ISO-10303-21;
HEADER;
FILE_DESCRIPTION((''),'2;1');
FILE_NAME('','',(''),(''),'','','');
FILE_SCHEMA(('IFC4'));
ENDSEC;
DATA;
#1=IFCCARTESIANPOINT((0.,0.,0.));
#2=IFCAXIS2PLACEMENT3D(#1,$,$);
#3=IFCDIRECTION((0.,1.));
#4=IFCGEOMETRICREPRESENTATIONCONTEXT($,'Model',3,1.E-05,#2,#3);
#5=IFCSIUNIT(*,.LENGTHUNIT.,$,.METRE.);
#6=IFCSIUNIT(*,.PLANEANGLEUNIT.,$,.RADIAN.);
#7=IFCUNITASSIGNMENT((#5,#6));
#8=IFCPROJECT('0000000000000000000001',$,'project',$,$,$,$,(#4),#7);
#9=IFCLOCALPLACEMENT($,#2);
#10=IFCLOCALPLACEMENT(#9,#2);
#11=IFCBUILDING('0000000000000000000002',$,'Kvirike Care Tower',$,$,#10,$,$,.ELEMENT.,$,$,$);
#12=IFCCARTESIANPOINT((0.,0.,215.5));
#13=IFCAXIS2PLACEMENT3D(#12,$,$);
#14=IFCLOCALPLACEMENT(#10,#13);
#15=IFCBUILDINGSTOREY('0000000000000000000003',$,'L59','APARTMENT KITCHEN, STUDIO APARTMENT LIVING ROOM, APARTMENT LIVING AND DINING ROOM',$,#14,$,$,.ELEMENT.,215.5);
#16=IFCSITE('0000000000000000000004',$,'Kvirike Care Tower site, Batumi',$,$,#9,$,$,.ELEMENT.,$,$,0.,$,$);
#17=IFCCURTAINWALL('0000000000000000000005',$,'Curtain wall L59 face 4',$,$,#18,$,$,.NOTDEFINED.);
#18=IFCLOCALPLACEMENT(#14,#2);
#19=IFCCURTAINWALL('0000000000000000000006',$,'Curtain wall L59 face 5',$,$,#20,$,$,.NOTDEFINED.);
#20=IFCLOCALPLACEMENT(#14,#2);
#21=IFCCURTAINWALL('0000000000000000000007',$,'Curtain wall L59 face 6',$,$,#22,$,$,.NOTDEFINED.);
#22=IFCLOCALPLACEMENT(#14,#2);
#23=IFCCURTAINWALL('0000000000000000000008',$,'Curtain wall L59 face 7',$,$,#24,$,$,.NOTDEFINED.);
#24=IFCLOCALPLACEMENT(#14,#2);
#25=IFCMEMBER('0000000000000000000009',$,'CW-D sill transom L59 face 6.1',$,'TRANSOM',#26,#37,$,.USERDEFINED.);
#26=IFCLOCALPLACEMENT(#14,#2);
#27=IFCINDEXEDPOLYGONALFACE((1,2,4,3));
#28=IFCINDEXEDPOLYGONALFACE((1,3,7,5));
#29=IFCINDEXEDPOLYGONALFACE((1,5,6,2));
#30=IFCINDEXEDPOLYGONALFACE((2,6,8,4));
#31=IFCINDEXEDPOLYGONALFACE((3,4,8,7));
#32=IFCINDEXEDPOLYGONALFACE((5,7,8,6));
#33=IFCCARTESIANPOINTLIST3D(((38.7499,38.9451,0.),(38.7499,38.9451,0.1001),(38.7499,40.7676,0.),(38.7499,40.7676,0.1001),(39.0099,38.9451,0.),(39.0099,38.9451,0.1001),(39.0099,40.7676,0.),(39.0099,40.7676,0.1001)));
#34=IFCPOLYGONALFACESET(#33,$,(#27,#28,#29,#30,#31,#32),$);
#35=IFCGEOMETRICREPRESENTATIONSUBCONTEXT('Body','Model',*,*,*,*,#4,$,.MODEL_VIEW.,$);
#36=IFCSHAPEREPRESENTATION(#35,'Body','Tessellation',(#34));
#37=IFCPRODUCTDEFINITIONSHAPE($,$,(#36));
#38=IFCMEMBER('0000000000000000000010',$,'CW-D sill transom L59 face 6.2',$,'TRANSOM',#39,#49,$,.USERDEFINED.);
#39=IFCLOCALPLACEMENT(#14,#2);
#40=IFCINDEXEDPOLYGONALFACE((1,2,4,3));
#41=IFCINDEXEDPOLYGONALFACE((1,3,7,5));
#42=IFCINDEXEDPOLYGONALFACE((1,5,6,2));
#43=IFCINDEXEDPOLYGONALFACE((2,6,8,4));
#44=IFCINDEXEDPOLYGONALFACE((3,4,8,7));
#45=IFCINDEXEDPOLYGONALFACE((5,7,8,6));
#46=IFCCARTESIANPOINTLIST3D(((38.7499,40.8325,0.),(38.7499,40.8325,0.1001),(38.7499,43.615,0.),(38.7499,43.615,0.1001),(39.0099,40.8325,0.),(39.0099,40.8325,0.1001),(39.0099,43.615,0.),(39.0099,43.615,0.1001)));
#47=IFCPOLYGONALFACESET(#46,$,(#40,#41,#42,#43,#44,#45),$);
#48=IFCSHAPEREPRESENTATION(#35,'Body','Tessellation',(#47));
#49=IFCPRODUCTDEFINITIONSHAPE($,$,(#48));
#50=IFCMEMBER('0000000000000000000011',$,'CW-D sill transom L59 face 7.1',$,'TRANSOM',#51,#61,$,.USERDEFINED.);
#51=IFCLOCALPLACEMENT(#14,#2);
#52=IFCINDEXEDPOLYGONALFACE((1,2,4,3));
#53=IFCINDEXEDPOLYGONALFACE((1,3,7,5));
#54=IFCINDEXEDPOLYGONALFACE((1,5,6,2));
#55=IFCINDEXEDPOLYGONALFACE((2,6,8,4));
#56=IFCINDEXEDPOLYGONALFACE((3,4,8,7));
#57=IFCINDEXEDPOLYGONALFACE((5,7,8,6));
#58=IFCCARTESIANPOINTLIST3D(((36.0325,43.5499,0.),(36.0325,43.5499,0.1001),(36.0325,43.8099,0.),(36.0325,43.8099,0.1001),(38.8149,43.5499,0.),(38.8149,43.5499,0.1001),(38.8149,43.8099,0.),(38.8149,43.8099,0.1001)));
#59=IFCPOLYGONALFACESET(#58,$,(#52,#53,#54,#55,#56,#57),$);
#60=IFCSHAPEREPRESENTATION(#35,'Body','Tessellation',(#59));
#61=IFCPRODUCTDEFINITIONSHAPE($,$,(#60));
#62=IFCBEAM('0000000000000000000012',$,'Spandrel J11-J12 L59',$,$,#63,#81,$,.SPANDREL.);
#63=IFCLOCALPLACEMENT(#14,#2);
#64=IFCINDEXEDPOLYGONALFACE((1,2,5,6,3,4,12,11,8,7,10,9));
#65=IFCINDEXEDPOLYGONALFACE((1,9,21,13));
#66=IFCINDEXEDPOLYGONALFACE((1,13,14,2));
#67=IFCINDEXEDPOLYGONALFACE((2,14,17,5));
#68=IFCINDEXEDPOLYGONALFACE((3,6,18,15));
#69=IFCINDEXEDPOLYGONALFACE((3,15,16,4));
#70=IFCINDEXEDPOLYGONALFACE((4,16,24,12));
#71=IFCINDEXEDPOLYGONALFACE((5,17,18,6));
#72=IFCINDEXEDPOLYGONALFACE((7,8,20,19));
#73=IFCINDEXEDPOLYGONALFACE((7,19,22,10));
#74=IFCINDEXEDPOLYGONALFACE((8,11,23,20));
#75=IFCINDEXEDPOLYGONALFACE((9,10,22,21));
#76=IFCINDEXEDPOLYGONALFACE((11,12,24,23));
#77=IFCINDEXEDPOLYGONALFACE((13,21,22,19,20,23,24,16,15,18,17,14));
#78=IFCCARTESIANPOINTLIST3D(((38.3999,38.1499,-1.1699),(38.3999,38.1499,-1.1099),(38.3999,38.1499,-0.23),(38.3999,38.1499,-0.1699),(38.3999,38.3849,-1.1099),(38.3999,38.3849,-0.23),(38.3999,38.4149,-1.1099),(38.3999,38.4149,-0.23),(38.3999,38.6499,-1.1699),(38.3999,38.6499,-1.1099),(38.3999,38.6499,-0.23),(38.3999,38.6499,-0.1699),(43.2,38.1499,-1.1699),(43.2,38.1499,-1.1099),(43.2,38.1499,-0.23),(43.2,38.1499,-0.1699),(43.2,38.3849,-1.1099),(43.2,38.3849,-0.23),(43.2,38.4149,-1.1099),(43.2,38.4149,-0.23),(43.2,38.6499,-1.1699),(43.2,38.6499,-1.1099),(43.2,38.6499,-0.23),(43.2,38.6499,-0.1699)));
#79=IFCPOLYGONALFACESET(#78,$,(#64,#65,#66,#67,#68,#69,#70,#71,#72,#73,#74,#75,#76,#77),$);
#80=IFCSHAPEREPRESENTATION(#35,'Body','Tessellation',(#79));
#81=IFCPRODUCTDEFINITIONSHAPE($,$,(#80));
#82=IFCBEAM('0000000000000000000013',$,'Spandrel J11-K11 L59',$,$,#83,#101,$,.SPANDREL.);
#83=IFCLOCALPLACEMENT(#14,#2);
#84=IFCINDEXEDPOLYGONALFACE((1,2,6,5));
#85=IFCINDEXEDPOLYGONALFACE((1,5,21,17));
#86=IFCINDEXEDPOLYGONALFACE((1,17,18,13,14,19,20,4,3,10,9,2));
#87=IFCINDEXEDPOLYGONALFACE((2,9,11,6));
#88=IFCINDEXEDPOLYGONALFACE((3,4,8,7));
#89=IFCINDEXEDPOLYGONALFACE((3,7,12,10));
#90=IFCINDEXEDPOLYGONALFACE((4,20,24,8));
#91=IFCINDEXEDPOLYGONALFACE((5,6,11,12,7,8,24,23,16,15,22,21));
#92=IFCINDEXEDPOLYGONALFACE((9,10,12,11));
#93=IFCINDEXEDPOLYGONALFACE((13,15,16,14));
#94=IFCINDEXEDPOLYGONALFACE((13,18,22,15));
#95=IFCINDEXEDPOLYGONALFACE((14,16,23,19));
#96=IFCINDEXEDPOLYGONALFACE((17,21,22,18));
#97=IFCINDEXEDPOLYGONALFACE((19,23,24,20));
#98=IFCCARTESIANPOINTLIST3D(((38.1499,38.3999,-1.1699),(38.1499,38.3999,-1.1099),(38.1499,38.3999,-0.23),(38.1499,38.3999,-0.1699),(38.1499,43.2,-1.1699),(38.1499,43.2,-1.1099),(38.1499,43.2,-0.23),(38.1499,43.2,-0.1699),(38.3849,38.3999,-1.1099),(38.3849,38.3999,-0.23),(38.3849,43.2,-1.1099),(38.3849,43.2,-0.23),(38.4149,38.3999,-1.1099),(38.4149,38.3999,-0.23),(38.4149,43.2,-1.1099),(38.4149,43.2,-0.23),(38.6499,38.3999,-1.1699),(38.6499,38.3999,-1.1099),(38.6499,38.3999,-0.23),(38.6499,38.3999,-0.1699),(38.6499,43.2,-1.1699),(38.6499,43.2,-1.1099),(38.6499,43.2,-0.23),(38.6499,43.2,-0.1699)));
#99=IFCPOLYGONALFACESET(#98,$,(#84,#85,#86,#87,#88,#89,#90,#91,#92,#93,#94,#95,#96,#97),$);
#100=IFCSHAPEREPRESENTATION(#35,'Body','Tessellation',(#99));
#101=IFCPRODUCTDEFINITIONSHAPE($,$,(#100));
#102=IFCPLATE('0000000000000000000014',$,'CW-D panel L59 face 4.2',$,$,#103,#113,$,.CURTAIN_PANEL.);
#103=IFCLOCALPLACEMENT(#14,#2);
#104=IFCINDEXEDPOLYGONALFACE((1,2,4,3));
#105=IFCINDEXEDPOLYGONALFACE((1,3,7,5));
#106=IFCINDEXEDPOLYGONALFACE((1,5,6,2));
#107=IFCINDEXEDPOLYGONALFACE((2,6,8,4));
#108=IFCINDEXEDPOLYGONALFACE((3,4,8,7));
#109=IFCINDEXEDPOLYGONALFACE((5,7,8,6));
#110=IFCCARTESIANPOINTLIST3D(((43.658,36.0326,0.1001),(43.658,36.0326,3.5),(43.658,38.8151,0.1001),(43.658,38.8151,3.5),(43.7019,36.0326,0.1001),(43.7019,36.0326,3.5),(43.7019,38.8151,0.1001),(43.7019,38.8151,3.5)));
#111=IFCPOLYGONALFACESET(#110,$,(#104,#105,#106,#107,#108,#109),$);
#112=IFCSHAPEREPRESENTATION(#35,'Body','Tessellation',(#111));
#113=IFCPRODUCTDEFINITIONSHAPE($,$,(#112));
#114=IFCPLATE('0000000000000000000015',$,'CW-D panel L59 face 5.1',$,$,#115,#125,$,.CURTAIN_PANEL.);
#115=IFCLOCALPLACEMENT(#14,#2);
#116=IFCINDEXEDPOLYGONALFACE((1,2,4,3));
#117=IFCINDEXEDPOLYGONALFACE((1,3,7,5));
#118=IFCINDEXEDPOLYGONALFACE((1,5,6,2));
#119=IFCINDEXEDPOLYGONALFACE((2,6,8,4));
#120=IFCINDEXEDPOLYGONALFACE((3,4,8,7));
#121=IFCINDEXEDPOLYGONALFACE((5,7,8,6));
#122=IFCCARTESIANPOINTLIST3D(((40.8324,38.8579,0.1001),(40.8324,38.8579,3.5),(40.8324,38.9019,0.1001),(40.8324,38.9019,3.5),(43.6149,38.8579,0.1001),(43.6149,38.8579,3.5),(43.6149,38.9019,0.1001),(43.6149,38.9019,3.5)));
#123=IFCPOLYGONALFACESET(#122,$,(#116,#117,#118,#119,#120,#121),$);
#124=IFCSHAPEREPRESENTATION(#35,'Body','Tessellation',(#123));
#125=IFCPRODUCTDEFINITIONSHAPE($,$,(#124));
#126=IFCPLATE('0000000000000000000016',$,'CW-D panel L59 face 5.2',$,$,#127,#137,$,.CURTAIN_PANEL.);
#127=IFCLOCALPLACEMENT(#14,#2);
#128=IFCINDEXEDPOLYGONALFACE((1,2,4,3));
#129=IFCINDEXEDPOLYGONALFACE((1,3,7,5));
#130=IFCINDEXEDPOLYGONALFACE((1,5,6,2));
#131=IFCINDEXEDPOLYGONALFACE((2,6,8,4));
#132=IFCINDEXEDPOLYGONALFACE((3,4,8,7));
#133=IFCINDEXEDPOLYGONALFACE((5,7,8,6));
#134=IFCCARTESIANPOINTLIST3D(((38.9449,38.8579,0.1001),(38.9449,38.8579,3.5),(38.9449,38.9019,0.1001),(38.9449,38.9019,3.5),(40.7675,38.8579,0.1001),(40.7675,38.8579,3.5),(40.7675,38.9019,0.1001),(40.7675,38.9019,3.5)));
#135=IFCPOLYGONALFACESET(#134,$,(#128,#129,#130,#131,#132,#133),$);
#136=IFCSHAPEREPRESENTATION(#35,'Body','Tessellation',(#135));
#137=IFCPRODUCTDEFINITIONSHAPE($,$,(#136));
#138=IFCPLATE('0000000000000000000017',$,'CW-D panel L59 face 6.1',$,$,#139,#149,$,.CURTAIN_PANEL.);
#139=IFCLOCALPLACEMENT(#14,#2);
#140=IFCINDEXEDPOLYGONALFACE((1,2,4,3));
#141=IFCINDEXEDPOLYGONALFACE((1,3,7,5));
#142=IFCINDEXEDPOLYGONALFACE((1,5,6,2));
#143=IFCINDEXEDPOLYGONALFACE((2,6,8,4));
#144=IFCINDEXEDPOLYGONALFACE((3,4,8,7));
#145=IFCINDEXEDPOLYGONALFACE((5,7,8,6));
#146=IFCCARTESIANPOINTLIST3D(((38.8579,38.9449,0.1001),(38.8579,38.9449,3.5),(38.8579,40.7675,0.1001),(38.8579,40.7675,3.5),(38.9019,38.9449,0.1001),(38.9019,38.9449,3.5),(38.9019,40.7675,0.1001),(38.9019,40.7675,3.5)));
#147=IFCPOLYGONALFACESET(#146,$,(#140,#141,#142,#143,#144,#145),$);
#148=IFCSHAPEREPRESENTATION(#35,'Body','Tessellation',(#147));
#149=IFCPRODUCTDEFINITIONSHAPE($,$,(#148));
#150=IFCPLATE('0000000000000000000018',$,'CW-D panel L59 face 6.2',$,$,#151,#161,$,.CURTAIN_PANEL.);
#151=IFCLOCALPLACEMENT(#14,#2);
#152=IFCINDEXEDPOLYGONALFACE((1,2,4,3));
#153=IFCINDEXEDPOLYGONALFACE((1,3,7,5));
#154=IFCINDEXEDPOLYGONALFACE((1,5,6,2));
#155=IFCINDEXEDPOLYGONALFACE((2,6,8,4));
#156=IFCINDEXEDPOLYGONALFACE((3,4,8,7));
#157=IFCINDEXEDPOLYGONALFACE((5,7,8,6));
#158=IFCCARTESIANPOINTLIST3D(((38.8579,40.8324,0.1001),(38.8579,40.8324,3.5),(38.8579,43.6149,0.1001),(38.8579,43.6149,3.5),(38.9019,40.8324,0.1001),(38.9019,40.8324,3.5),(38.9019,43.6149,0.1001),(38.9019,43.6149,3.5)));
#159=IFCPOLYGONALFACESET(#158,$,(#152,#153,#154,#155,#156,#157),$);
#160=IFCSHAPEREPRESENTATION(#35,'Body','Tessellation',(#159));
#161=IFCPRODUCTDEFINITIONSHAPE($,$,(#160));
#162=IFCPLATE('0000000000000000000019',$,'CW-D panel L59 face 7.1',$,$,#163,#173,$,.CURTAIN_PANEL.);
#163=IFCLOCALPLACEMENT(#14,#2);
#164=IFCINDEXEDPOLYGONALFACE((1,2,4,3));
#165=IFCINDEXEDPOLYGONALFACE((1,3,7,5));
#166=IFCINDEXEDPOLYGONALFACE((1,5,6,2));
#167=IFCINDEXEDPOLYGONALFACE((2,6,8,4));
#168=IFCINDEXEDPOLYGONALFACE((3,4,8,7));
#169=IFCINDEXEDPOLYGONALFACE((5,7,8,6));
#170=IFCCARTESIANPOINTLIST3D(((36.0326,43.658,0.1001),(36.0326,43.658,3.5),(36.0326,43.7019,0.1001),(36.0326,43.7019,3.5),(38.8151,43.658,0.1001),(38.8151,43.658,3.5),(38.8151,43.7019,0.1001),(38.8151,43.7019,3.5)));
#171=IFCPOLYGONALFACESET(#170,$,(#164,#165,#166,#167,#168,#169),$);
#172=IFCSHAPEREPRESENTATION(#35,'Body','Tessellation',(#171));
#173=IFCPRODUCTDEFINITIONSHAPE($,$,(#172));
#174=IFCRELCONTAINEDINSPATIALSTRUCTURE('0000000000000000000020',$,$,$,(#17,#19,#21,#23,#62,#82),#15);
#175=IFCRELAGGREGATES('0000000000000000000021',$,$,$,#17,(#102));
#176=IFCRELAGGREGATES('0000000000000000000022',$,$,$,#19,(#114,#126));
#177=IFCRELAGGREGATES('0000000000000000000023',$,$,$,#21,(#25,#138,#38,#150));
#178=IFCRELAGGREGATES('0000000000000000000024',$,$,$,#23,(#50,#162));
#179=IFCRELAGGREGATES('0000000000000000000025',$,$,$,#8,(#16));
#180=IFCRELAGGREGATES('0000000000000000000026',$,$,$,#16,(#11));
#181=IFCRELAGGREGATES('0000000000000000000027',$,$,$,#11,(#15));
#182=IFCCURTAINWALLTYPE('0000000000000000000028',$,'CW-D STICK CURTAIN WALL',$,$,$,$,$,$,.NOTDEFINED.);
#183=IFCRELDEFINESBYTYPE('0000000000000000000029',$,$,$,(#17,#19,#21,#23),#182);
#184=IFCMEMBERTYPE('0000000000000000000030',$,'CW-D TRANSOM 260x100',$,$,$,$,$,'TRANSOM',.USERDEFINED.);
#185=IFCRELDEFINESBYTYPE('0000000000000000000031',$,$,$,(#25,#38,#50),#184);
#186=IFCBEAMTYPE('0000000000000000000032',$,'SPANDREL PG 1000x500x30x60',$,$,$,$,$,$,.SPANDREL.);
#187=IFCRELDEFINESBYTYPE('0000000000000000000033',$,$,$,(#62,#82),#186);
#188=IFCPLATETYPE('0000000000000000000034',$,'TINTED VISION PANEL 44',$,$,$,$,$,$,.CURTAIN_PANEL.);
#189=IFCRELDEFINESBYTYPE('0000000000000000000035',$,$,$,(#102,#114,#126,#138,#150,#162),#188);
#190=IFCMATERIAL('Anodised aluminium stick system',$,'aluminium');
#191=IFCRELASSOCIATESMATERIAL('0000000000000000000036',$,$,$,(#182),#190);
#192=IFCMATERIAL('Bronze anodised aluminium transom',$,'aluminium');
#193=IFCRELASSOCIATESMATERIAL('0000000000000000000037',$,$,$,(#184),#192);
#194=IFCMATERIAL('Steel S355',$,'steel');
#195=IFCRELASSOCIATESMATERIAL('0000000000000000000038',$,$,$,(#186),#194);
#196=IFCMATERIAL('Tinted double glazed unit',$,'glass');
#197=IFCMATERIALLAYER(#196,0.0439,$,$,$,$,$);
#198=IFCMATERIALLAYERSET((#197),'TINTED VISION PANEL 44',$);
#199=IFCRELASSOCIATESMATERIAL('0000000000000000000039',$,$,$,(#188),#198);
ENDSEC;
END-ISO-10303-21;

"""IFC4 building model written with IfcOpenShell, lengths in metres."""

from ifc_helpers import new_model, si_unit, direction, frame, origin, origin_2d, place, context, subcontext, project, spatial, rectangle, i_section, extrude, material, layer, layer_set, material_profile, profile_set, type_object, element, aggregate, save


model = new_model("IFC4")

# Units and contexts
model_context = context("Model", 3, precision=1e-05, world=origin(), true_north=direction((0.0, 1.0)))
body_context = subcontext(model_context, "Body", "Model", "MODEL_VIEW")
ifc_project = project(units=[si_unit("LENGTHUNIT", "METRE"), si_unit("PLANEANGLEUNIT", "RADIAN")], contexts=[model_context])

# Site, building, storey
site_placement = place(None, origin())
site = spatial("IfcSite", under=ifc_project, at=site_placement, Name="Kvirike Care Tower site, Batumi", CompositionType="ELEMENT", RefElevation=0.0)
building_placement = place(site_placement, origin())
building = spatial("IfcBuilding", under=site, at=building_placement, Name="Kvirike Care Tower", CompositionType="ELEMENT")
storey_placement = place(building_placement, frame((0.0, 0.0, 215.5)))
storey = spatial("IfcBuildingStorey", under=building, at=storey_placement, Name="L59", Description="APARTMENT KITCHEN, STUDIO APARTMENT LIVING ROOM, APARTMENT LIVING AND DINING ROOM", CompositionType="ELEMENT", Elevation=215.5)

# Curtain wall
ifc_material_1 = material(Name="Anodised aluminium stick system", Category="aluminium")
curtain_wall_type = type_object("IfcCurtainWallType", Name="CW-D STICK CURTAIN WALL", PredefinedType="NOTDEFINED", material=ifc_material_1)
curtain_wall_1_placement = place(storey_placement, origin())
curtain_wall_1 = element("IfcCurtainWall", 1, at=curtain_wall_1_placement, inside=storey, type_object=curtain_wall_type, Name="Curtain wall L59 face 4", PredefinedType="NOTDEFINED")

# Curtain walls
curtain_wall_2_placement = place(storey_placement, origin())
curtain_wall_2 = element("IfcCurtainWall", 2, at=curtain_wall_2_placement, inside=storey, type_object=curtain_wall_type, Name="Curtain wall L59 face 5", PredefinedType="NOTDEFINED")
curtain_wall_3_placement = place(storey_placement, origin())
curtain_wall_3 = element("IfcCurtainWall", 3, at=curtain_wall_3_placement, inside=storey, type_object=curtain_wall_type, Name="Curtain wall L59 face 6", PredefinedType="NOTDEFINED")
curtain_wall_4_placement = place(storey_placement, origin())
curtain_wall_4 = element("IfcCurtainWall", 4, at=curtain_wall_4_placement, inside=storey, type_object=curtain_wall_type, Name="Curtain wall L59 face 7", PredefinedType="NOTDEFINED")

# Members
ifc_material_2 = material(Name="Bronze anodised aluminium transom", Category="aluminium")
ifc_material_profile_1 = material_profile(ifc_material_2, rectangle(XDim=0.26, YDim=0.1001, at=origin_2d()), Name="CW-D TRANSOM 260x100")
ifc_profile_set_1 = profile_set([ifc_material_profile_1], Name="Bronze anodised aluminium transom")
member_type_1 = type_object("IfcMemberType", Name="CW-D TRANSOM 260x100", ElementType="TRANSOM", PredefinedType="USERDEFINED", material=ifc_profile_set_1)
member_1_placement = place(storey_placement, frame((38.8799, 38.9451, 0.05), z_axis=(0.0, 1.0, 0.0), x_axis=(-1.0, 0.0, 0.0)))
member_1 = element("IfcMember", 5, at=member_1_placement, type_object=member_type_1, Name="CW-D sill transom L59 face 6.1", ObjectType="TRANSOM", PredefinedType="USERDEFINED", context=body_context, shape_type="SweptSolid", body=[
    extrude(rectangle(XDim=0.26, YDim=0.1001, at=origin_2d()), origin(), (0.0, 0.0, 1.0), 1.8225),
])
member_2_placement = place(storey_placement, frame((38.8799, 40.8325, 0.05), z_axis=(0.0, 1.0, 0.0), x_axis=(-1.0, 0.0, 0.0)))
member_2 = element("IfcMember", 6, at=member_2_placement, type_object=member_type_1, Name="CW-D sill transom L59 face 6.2", ObjectType="TRANSOM", PredefinedType="USERDEFINED", context=body_context, shape_type="SweptSolid", body=[
    extrude(rectangle(XDim=0.26, YDim=0.1001, at=origin_2d()), origin(), (0.0, 0.0, 1.0), 2.7825),
])
member_3_placement = place(storey_placement, frame((38.8149, 43.6799, 0.05), z_axis=(-1.0, 0.0, 0.0), x_axis=(0.0, -1.0, 0.0)))
member_3 = element("IfcMember", 7, at=member_3_placement, type_object=member_type_1, Name="CW-D sill transom L59 face 7.1", ObjectType="TRANSOM", PredefinedType="USERDEFINED", context=body_context, shape_type="SweptSolid", body=[
    extrude(rectangle(XDim=0.26, YDim=0.1001, at=origin_2d()), origin(), (0.0, 0.0, 1.0), 2.7825),
])

# Beams
ifc_material_3 = material(Name="Steel S355", Category="steel")
ifc_material_profile_2 = material_profile(ifc_material_3, i_section(OverallWidth=0.5, OverallDepth=1.0, WebThickness=0.03, FlangeThickness=0.0601, at=origin_2d()), Name="PG 1000x500x30x60")
ifc_profile_set_2 = profile_set([ifc_material_profile_2], Name="Steel S355")
beam_type = type_object("IfcBeamType", Name="SPANDREL PG 1000x500x30x60", PredefinedType="SPANDREL", material=ifc_profile_set_2)
for number, where, z_axis, x_axis, name in (
    (8, (38.3999, 38.3999, -0.6699), (1.0, 0.0, 0.0), (0.0, 1.0, 0.0), "Spandrel J11-J12 L59"),
    (9, (38.3999, 38.3999, -0.6699), (0.0, 1.0, 0.0), (-1.0, 0.0, 0.0), "Spandrel J11-K11 L59"),
):
    element("IfcBeam", number, at=place(storey_placement, frame(where, z_axis=z_axis, x_axis=x_axis)), inside=storey, type_object=beam_type, Name=name, PredefinedType="SPANDREL", context=body_context, shape_type="SweptSolid", body=[
        extrude(i_section(OverallWidth=0.5, OverallDepth=1.0, WebThickness=0.03, FlangeThickness=0.0601, at=origin_2d()), origin(), (0.0, 0.0, 1.0), 4.8),
    ])

# Plates
ifc_material_4 = material(Name="Tinted double glazed unit", Category="glass")
ifc_layer_1 = layer(ifc_material_4, 0.0439)
ifc_layer_set_1 = layer_set([ifc_layer_1], Name="TINTED VISION PANEL 44")
plate_type = type_object("IfcPlateType", Name="TINTED VISION PANEL 44", PredefinedType="CURTAIN_PANEL", material=ifc_layer_set_1)
plate_1_placement = place(storey_placement, frame((43.6799, 37.4238, 0.1001), z_axis=(0.0, 0.0, 1.0), x_axis=(0.0, 1.0, 0.0)))
plate_1 = element("IfcPlate", 10, at=plate_1_placement, type_object=plate_type, Name="CW-D panel L59 face 4.2", PredefinedType="CURTAIN_PANEL", context=body_context, shape_type="SweptSolid", body=[
    extrude(rectangle(XDim=2.7825, YDim=0.0439, at=origin_2d()), origin(), (0.0, 0.0, 1.0), 3.3999),
])
aggregate(curtain_wall_1, [plate_1])
plate_2_placement = place(storey_placement, frame((42.2236, 38.8799, 0.1001), z_axis=(0.0, 0.0, 1.0), x_axis=(-1.0, 0.0, 0.0)))
plate_2 = element("IfcPlate", 11, at=plate_2_placement, type_object=plate_type, Name="CW-D panel L59 face 5.1", PredefinedType="CURTAIN_PANEL", context=body_context, shape_type="SweptSolid", body=[
    extrude(rectangle(XDim=2.7825, YDim=0.0439, at=origin_2d()), origin(), (0.0, 0.0, 1.0), 3.3999),
])
plate_3_placement = place(storey_placement, frame((39.8562, 38.8799, 0.1001), z_axis=(0.0, 0.0, 1.0), x_axis=(-1.0, 0.0, 0.0)))
plate_3 = element("IfcPlate", 12, at=plate_3_placement, type_object=plate_type, Name="CW-D panel L59 face 5.2", PredefinedType="CURTAIN_PANEL", context=body_context, shape_type="SweptSolid", body=[
    extrude(rectangle(XDim=1.8225, YDim=0.0439, at=origin_2d()), origin(), (0.0, 0.0, 1.0), 3.3999),
])
aggregate(curtain_wall_2, [plate_2, plate_3])
plate_4_placement = place(storey_placement, frame((38.8799, 39.8562, 0.1001), z_axis=(0.0, 0.0, 1.0), x_axis=(0.0, 1.0, 0.0)))
plate_4 = element("IfcPlate", 13, at=plate_4_placement, type_object=plate_type, Name="CW-D panel L59 face 6.1", PredefinedType="CURTAIN_PANEL", context=body_context, shape_type="SweptSolid", body=[
    extrude(rectangle(XDim=1.8225, YDim=0.0439, at=origin_2d()), origin(), (0.0, 0.0, 1.0), 3.3999),
])
plate_5_placement = place(storey_placement, frame((38.8799, 42.2236, 0.1001), z_axis=(0.0, 0.0, 1.0), x_axis=(0.0, 1.0, 0.0)))
plate_5 = element("IfcPlate", 14, at=plate_5_placement, type_object=plate_type, Name="CW-D panel L59 face 6.2", PredefinedType="CURTAIN_PANEL", context=body_context, shape_type="SweptSolid", body=[
    extrude(rectangle(XDim=2.7825, YDim=0.0439, at=origin_2d()), origin(), (0.0, 0.0, 1.0), 3.3999),
])
aggregate(curtain_wall_3, [member_1, plate_4, member_2, plate_5])
plate_6_placement = place(storey_placement, frame((37.4238, 43.6799, 0.1001), z_axis=(0.0, 0.0, 1.0), x_axis=(-1.0, 0.0, 0.0)))
plate_6 = element("IfcPlate", 15, at=plate_6_placement, type_object=plate_type, Name="CW-D panel L59 face 7.1", PredefinedType="CURTAIN_PANEL", context=body_context, shape_type="SweptSolid", body=[
    extrude(rectangle(XDim=2.7825, YDim=0.0439, at=origin_2d()), origin(), (0.0, 0.0, 1.0), 3.3999),
])
aggregate(curtain_wall_4, [member_3, plate_6])

save(model, "model.ifc")
